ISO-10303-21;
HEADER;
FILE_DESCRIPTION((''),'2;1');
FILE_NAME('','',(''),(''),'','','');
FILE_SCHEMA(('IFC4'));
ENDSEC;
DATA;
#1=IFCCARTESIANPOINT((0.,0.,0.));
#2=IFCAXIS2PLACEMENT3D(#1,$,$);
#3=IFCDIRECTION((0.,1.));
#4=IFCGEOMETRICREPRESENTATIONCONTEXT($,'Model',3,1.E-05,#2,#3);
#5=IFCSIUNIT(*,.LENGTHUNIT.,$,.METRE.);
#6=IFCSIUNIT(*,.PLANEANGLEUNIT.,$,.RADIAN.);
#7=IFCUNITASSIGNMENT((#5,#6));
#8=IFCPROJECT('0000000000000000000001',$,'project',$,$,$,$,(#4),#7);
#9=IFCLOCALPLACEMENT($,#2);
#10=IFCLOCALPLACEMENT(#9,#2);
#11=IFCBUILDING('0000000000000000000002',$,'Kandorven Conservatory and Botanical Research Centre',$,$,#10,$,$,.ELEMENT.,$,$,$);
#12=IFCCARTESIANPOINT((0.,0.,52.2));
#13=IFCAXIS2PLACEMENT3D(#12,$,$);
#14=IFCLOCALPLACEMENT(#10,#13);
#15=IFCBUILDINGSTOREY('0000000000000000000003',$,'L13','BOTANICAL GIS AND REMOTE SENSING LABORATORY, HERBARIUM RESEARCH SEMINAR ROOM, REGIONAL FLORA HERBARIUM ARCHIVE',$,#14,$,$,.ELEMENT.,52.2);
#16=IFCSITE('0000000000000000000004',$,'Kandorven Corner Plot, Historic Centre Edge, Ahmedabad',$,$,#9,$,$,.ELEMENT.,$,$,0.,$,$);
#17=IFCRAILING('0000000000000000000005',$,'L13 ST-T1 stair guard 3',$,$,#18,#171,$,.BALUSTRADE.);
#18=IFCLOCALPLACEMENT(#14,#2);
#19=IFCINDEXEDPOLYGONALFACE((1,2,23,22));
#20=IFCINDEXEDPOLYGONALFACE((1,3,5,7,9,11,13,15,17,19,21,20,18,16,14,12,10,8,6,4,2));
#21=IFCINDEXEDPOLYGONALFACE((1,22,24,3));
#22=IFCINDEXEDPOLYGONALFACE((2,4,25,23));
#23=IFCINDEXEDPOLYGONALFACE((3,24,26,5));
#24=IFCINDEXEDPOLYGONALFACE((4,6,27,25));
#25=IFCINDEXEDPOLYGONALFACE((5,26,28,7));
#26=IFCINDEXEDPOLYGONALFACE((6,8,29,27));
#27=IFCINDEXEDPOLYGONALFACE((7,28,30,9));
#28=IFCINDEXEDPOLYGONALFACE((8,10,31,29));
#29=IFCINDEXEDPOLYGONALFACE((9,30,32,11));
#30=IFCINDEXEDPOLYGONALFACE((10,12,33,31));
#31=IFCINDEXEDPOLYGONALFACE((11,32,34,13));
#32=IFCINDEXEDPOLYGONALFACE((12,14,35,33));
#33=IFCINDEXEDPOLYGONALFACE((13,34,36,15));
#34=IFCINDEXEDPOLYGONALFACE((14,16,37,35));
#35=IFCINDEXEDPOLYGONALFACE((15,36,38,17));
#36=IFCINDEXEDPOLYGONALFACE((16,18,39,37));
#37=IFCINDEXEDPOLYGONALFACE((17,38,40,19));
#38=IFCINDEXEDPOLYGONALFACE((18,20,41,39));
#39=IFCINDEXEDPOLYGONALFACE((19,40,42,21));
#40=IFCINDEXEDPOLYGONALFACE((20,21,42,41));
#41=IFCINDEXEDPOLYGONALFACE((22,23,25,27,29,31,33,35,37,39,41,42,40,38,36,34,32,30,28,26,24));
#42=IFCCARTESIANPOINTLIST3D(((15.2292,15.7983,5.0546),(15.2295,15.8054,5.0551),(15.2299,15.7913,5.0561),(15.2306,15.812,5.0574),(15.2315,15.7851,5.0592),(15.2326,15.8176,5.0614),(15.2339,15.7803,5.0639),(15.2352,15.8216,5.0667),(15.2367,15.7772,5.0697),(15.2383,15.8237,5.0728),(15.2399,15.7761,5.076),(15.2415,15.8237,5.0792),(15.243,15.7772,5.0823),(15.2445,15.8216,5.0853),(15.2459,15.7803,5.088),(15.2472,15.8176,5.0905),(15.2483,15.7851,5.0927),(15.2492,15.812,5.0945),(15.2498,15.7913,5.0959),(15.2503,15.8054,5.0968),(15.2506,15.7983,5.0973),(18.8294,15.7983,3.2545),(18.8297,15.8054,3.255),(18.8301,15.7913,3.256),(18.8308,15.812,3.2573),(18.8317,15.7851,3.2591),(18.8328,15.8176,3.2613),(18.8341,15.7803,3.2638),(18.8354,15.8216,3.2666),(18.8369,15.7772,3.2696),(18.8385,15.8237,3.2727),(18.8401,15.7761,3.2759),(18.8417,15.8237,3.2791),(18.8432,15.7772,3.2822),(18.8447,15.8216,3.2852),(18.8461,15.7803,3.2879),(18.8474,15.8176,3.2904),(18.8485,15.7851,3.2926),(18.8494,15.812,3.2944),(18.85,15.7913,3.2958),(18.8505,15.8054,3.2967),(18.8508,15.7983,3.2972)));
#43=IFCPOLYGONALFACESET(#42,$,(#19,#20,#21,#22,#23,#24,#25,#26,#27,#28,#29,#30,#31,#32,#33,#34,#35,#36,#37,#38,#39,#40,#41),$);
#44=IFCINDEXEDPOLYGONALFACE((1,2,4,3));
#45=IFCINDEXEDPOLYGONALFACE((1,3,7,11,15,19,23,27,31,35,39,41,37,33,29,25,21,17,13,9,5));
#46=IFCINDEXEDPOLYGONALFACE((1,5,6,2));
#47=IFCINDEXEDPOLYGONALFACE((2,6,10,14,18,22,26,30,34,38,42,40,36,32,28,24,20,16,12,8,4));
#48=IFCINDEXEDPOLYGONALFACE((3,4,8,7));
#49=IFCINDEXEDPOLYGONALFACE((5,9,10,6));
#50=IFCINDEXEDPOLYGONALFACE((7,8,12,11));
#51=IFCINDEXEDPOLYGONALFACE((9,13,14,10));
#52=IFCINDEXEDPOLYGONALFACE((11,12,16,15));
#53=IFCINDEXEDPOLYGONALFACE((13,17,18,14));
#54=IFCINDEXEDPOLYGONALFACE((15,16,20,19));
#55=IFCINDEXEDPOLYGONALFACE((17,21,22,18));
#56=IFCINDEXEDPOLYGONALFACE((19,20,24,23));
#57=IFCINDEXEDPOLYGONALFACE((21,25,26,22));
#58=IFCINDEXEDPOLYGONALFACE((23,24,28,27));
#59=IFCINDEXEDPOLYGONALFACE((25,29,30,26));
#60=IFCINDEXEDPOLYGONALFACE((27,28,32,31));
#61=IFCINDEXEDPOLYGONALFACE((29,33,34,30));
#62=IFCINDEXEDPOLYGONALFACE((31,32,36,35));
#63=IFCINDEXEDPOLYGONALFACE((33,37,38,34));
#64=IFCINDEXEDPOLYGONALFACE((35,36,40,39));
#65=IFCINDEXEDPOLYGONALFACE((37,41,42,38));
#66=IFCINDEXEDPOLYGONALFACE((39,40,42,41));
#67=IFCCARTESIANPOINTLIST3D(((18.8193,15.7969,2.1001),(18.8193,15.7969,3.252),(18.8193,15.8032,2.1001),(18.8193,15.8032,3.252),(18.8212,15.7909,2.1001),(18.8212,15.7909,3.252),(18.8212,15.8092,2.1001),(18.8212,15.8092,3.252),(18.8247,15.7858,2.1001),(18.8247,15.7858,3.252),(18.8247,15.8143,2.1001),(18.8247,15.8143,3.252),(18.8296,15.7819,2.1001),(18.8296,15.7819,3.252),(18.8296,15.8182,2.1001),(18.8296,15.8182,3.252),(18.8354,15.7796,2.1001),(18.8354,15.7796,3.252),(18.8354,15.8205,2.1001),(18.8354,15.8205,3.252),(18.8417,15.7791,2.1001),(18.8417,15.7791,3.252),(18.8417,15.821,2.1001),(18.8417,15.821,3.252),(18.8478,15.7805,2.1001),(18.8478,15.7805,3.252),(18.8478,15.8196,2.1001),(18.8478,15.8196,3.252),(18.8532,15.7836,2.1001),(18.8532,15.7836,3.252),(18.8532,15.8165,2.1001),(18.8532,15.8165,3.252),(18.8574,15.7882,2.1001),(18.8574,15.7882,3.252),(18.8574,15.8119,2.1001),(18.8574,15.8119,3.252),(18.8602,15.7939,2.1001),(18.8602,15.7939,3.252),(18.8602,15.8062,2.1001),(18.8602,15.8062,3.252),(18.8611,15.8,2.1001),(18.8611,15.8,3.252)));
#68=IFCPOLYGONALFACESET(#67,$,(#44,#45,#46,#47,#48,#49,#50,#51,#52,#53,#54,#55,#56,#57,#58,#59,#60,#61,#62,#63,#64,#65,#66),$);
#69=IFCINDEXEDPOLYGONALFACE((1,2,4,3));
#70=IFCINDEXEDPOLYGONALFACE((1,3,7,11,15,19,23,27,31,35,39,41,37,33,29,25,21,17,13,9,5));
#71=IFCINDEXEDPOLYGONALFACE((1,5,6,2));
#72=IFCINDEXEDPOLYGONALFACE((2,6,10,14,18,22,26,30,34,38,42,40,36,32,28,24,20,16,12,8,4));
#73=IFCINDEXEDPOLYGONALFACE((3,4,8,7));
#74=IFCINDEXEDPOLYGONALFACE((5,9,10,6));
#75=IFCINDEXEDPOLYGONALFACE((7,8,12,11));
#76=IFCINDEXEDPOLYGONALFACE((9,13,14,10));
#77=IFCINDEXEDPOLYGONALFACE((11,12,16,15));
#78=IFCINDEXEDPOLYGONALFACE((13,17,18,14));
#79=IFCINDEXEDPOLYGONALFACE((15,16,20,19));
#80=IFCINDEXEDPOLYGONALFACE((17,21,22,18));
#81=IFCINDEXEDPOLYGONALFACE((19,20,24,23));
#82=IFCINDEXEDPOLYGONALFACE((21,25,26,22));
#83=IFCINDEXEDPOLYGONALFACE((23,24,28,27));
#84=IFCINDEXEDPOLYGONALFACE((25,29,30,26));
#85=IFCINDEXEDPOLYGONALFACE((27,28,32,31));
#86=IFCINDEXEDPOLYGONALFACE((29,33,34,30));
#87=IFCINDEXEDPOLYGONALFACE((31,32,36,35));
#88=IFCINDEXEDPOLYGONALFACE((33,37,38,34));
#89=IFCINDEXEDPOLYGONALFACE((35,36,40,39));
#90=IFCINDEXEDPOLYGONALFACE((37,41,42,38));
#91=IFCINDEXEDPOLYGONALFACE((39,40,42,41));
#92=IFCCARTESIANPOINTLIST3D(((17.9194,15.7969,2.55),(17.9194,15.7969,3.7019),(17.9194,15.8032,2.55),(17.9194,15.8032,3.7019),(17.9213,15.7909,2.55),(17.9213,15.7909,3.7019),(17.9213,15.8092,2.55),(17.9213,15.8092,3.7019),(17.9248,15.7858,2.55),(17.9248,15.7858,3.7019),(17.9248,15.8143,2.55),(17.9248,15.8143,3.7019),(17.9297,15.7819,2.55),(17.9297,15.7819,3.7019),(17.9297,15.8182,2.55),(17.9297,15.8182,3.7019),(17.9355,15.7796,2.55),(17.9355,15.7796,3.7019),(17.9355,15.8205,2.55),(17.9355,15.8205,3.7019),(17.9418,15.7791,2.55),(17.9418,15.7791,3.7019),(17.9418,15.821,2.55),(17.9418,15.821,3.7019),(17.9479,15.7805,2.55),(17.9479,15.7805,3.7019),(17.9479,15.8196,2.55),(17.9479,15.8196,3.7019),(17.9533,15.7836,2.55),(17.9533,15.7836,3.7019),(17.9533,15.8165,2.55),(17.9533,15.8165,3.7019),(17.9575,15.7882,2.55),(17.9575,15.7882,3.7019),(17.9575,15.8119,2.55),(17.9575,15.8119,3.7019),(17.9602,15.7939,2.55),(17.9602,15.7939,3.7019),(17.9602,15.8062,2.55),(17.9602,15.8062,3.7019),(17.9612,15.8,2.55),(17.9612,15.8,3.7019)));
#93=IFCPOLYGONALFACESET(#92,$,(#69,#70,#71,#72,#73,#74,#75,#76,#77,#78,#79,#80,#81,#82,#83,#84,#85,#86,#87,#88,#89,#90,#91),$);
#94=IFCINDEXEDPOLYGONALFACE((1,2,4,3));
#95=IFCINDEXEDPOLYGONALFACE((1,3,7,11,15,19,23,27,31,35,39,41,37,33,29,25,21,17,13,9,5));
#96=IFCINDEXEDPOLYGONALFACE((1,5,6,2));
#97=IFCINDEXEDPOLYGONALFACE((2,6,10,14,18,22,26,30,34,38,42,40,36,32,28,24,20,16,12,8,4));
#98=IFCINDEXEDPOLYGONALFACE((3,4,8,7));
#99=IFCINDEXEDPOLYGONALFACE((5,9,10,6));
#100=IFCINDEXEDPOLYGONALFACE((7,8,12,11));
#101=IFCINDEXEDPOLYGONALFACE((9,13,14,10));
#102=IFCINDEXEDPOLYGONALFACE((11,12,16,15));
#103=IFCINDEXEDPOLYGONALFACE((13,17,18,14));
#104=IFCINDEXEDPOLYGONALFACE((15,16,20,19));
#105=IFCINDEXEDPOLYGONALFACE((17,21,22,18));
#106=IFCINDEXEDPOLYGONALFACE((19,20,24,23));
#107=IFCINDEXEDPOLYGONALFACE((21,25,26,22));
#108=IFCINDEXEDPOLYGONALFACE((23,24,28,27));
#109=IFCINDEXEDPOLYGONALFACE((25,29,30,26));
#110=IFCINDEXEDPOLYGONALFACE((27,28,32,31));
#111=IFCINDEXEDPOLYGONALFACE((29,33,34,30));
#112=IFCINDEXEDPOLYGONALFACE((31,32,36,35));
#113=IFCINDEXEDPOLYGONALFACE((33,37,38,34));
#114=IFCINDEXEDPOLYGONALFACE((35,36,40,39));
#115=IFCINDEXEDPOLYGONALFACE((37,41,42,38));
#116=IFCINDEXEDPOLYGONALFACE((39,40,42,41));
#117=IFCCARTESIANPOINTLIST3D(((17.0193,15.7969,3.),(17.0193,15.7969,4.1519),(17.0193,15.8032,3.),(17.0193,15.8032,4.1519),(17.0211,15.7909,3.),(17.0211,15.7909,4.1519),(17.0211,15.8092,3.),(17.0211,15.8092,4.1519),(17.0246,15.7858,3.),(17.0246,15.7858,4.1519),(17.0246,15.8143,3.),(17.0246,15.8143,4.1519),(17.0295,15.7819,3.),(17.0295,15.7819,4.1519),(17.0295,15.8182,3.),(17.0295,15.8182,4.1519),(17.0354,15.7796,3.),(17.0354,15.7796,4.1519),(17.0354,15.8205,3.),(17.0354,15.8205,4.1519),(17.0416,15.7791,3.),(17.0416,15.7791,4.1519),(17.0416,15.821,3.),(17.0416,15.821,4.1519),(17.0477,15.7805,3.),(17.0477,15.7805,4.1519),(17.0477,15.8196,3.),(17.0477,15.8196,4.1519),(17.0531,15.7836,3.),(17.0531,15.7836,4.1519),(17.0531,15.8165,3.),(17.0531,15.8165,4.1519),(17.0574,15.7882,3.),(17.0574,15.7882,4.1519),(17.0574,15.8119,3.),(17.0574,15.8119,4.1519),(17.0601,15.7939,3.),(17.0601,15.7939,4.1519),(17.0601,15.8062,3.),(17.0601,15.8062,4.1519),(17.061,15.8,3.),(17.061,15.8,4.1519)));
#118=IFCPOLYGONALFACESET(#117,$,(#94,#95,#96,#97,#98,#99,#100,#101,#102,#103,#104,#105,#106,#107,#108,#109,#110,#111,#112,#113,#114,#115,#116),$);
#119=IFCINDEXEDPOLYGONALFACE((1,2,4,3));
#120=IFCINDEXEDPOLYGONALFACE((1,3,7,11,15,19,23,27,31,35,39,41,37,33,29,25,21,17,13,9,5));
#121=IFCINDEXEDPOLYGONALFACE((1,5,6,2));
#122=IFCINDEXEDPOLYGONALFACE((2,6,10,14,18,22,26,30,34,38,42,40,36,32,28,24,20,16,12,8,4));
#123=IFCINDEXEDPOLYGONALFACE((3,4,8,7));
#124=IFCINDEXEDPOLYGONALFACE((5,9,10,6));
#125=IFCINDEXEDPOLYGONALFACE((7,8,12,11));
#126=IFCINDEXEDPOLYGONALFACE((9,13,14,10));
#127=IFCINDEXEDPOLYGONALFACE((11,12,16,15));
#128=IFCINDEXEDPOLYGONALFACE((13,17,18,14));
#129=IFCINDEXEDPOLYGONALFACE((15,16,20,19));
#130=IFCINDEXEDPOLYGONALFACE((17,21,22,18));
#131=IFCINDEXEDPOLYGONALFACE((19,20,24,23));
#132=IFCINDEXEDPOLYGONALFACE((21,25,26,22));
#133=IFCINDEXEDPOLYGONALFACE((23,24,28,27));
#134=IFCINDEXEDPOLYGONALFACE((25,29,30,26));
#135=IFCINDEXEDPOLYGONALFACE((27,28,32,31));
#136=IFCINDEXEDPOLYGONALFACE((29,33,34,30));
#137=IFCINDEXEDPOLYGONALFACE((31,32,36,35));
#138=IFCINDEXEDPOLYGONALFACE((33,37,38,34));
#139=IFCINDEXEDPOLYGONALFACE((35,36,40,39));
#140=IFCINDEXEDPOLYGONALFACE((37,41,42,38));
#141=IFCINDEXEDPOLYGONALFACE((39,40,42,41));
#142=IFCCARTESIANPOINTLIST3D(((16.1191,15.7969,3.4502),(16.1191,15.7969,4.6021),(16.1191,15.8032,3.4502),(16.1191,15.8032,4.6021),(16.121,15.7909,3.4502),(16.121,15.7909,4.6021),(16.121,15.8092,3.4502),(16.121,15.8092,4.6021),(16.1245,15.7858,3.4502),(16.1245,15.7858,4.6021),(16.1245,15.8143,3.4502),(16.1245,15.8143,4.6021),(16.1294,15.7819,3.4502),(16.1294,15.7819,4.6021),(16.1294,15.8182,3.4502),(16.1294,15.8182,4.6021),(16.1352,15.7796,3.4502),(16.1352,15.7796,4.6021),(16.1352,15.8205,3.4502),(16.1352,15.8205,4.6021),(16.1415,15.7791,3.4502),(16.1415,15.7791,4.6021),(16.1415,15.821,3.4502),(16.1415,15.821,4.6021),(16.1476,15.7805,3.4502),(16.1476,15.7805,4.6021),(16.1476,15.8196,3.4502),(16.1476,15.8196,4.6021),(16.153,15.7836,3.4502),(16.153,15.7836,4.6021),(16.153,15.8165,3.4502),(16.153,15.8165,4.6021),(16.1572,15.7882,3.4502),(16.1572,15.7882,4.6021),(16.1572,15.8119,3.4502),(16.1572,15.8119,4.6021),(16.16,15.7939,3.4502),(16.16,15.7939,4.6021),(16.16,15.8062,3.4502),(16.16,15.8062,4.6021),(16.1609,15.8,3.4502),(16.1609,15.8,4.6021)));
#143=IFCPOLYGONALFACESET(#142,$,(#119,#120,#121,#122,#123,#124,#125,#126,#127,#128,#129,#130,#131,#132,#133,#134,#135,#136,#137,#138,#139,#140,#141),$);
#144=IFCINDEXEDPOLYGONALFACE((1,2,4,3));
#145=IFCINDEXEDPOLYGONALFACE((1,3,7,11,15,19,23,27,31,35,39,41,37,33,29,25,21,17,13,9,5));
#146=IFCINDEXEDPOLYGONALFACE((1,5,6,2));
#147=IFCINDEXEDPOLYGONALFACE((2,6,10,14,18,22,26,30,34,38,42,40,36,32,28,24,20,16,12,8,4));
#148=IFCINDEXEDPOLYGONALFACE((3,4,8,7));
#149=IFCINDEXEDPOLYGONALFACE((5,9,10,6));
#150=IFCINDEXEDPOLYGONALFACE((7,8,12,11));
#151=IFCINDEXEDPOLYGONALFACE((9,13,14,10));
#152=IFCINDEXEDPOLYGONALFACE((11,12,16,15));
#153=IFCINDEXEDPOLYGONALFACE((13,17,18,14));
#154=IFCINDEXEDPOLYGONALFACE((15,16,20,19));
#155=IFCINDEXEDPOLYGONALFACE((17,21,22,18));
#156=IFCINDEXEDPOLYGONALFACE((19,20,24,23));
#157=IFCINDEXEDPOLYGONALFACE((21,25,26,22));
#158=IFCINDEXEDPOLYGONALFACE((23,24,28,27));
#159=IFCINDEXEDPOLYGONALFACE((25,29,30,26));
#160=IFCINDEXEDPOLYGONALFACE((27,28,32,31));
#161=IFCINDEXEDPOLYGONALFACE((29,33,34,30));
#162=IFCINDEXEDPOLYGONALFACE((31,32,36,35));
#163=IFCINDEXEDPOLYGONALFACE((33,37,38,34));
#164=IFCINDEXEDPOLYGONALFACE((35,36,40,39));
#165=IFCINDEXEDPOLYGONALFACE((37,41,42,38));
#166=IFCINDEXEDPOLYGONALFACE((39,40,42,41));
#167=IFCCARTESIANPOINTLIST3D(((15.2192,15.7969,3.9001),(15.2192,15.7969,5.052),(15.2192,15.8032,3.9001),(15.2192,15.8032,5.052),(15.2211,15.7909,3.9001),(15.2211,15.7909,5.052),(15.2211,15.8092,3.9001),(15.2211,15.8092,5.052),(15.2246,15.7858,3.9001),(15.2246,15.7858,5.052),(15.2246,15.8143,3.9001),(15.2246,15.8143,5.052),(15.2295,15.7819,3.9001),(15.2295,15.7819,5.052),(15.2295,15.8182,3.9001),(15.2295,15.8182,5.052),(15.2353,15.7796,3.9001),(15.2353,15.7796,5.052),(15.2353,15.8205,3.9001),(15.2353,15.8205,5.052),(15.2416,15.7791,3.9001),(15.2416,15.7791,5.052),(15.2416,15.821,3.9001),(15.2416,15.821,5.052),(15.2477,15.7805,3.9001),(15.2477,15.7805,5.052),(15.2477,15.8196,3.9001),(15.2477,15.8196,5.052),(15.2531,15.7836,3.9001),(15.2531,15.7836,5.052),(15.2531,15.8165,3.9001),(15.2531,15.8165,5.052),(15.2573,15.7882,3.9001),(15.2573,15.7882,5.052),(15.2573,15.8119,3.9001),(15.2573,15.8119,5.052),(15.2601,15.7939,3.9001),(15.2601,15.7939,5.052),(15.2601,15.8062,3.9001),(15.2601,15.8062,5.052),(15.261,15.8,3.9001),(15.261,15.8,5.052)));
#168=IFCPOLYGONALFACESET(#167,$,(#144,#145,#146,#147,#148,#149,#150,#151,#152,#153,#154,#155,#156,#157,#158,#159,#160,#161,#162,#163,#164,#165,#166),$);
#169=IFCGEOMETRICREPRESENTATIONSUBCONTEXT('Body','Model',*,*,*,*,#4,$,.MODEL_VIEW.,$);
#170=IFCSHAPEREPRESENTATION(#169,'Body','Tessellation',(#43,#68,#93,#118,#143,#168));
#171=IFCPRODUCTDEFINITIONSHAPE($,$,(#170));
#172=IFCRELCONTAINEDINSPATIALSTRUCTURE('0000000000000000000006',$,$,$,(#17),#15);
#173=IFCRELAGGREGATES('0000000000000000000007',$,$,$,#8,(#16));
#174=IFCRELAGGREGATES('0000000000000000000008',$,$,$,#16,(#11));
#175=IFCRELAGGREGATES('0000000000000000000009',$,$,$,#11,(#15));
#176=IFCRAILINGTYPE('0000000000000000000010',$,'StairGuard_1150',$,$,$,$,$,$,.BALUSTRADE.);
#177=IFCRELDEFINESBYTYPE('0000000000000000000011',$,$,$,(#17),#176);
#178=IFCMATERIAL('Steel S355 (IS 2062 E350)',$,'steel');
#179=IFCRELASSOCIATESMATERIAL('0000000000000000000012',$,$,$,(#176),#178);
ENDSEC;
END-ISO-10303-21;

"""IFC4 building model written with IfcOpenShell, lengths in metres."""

from ifc_helpers import new_model, si_unit, direction, frame, origin, origin_2d, place, context, subcontext, project, spatial, circle, extrude, material, type_object, element, save


model = new_model("IFC4")

# Units and contexts
model_context = context("Model", 3, precision=1e-05, world=origin(), true_north=direction((0.0, 1.0)))
body_context = subcontext(model_context, "Body", "Model", "MODEL_VIEW")
ifc_project = project(units=[si_unit("LENGTHUNIT", "METRE"), si_unit("PLANEANGLEUNIT", "RADIAN")], contexts=[model_context])

# Site, building, storey
site_placement = place(None, origin())
site = spatial("IfcSite", under=ifc_project, at=site_placement, Name="Kandorven Corner Plot, Historic Centre Edge, Ahmedabad", CompositionType="ELEMENT", RefElevation=0.0)
building_placement = place(site_placement, origin())
building = spatial("IfcBuilding", under=site, at=building_placement, Name="Kandorven Conservatory and Botanical Research Centre", CompositionType="ELEMENT")
storey_placement = place(building_placement, frame((0.0, 0.0, 52.2)))
storey = spatial("IfcBuildingStorey", under=building, at=storey_placement, Name="L13", Description="BOTANICAL GIS AND REMOTE SENSING LABORATORY, HERBARIUM RESEARCH SEMINAR ROOM, REGIONAL FLORA HERBARIUM ARCHIVE", CompositionType="ELEMENT", Elevation=52.2)

# Railing
ifc_material_1 = material(Name="Steel S355 (IS 2062 E350)", Category="steel")
railing_type_1 = type_object("IfcRailingType", Name="StairGuard_1150", PredefinedType="BALUSTRADE", material=ifc_material_1)
railing_1_placement = place(storey_placement, frame((18.8401, 15.8, 2.1001)))
element("IfcRailing", 1, at=railing_1_placement, inside=storey, type_object=railing_type_1, Name="L13 ST-T1 stair guard 3", PredefinedType="BALUSTRADE", context=body_context, shape_type="SweptSolid", body=[
    extrude(circle(Radius=0.0239, at=origin_2d()), frame((0.0, 0.0, 1.1758), z_axis=(-0.894427, 0.0, 0.447214), x_axis=(0.0, -1.0, 0.0)), (0.0, 0.0, 1.0), 4.0251),
    extrude(circle(Radius=0.021, at=origin_2d()), origin(), (0.0, 0.0, 1.0), 1.1519),
    extrude(circle(Radius=0.021, at=origin_2d()), frame((-0.8999, 0.0, 0.45)), (0.0, 0.0, 1.0), 1.1519),
    extrude(circle(Radius=0.021, at=origin_2d()), frame((-1.8, 0.0, 0.8999)), (0.0, 0.0, 1.0), 1.1519),
    extrude(circle(Radius=0.021, at=origin_2d()), frame((-2.7002, 0.0, 1.3501)), (0.0, 0.0, 1.0), 1.1519),
    extrude(circle(Radius=0.021, at=origin_2d()), frame((-3.6001, 0.0, 1.8)), (0.0, 0.0, 1.0), 1.1519),
])

save(model, "model.ifc")
